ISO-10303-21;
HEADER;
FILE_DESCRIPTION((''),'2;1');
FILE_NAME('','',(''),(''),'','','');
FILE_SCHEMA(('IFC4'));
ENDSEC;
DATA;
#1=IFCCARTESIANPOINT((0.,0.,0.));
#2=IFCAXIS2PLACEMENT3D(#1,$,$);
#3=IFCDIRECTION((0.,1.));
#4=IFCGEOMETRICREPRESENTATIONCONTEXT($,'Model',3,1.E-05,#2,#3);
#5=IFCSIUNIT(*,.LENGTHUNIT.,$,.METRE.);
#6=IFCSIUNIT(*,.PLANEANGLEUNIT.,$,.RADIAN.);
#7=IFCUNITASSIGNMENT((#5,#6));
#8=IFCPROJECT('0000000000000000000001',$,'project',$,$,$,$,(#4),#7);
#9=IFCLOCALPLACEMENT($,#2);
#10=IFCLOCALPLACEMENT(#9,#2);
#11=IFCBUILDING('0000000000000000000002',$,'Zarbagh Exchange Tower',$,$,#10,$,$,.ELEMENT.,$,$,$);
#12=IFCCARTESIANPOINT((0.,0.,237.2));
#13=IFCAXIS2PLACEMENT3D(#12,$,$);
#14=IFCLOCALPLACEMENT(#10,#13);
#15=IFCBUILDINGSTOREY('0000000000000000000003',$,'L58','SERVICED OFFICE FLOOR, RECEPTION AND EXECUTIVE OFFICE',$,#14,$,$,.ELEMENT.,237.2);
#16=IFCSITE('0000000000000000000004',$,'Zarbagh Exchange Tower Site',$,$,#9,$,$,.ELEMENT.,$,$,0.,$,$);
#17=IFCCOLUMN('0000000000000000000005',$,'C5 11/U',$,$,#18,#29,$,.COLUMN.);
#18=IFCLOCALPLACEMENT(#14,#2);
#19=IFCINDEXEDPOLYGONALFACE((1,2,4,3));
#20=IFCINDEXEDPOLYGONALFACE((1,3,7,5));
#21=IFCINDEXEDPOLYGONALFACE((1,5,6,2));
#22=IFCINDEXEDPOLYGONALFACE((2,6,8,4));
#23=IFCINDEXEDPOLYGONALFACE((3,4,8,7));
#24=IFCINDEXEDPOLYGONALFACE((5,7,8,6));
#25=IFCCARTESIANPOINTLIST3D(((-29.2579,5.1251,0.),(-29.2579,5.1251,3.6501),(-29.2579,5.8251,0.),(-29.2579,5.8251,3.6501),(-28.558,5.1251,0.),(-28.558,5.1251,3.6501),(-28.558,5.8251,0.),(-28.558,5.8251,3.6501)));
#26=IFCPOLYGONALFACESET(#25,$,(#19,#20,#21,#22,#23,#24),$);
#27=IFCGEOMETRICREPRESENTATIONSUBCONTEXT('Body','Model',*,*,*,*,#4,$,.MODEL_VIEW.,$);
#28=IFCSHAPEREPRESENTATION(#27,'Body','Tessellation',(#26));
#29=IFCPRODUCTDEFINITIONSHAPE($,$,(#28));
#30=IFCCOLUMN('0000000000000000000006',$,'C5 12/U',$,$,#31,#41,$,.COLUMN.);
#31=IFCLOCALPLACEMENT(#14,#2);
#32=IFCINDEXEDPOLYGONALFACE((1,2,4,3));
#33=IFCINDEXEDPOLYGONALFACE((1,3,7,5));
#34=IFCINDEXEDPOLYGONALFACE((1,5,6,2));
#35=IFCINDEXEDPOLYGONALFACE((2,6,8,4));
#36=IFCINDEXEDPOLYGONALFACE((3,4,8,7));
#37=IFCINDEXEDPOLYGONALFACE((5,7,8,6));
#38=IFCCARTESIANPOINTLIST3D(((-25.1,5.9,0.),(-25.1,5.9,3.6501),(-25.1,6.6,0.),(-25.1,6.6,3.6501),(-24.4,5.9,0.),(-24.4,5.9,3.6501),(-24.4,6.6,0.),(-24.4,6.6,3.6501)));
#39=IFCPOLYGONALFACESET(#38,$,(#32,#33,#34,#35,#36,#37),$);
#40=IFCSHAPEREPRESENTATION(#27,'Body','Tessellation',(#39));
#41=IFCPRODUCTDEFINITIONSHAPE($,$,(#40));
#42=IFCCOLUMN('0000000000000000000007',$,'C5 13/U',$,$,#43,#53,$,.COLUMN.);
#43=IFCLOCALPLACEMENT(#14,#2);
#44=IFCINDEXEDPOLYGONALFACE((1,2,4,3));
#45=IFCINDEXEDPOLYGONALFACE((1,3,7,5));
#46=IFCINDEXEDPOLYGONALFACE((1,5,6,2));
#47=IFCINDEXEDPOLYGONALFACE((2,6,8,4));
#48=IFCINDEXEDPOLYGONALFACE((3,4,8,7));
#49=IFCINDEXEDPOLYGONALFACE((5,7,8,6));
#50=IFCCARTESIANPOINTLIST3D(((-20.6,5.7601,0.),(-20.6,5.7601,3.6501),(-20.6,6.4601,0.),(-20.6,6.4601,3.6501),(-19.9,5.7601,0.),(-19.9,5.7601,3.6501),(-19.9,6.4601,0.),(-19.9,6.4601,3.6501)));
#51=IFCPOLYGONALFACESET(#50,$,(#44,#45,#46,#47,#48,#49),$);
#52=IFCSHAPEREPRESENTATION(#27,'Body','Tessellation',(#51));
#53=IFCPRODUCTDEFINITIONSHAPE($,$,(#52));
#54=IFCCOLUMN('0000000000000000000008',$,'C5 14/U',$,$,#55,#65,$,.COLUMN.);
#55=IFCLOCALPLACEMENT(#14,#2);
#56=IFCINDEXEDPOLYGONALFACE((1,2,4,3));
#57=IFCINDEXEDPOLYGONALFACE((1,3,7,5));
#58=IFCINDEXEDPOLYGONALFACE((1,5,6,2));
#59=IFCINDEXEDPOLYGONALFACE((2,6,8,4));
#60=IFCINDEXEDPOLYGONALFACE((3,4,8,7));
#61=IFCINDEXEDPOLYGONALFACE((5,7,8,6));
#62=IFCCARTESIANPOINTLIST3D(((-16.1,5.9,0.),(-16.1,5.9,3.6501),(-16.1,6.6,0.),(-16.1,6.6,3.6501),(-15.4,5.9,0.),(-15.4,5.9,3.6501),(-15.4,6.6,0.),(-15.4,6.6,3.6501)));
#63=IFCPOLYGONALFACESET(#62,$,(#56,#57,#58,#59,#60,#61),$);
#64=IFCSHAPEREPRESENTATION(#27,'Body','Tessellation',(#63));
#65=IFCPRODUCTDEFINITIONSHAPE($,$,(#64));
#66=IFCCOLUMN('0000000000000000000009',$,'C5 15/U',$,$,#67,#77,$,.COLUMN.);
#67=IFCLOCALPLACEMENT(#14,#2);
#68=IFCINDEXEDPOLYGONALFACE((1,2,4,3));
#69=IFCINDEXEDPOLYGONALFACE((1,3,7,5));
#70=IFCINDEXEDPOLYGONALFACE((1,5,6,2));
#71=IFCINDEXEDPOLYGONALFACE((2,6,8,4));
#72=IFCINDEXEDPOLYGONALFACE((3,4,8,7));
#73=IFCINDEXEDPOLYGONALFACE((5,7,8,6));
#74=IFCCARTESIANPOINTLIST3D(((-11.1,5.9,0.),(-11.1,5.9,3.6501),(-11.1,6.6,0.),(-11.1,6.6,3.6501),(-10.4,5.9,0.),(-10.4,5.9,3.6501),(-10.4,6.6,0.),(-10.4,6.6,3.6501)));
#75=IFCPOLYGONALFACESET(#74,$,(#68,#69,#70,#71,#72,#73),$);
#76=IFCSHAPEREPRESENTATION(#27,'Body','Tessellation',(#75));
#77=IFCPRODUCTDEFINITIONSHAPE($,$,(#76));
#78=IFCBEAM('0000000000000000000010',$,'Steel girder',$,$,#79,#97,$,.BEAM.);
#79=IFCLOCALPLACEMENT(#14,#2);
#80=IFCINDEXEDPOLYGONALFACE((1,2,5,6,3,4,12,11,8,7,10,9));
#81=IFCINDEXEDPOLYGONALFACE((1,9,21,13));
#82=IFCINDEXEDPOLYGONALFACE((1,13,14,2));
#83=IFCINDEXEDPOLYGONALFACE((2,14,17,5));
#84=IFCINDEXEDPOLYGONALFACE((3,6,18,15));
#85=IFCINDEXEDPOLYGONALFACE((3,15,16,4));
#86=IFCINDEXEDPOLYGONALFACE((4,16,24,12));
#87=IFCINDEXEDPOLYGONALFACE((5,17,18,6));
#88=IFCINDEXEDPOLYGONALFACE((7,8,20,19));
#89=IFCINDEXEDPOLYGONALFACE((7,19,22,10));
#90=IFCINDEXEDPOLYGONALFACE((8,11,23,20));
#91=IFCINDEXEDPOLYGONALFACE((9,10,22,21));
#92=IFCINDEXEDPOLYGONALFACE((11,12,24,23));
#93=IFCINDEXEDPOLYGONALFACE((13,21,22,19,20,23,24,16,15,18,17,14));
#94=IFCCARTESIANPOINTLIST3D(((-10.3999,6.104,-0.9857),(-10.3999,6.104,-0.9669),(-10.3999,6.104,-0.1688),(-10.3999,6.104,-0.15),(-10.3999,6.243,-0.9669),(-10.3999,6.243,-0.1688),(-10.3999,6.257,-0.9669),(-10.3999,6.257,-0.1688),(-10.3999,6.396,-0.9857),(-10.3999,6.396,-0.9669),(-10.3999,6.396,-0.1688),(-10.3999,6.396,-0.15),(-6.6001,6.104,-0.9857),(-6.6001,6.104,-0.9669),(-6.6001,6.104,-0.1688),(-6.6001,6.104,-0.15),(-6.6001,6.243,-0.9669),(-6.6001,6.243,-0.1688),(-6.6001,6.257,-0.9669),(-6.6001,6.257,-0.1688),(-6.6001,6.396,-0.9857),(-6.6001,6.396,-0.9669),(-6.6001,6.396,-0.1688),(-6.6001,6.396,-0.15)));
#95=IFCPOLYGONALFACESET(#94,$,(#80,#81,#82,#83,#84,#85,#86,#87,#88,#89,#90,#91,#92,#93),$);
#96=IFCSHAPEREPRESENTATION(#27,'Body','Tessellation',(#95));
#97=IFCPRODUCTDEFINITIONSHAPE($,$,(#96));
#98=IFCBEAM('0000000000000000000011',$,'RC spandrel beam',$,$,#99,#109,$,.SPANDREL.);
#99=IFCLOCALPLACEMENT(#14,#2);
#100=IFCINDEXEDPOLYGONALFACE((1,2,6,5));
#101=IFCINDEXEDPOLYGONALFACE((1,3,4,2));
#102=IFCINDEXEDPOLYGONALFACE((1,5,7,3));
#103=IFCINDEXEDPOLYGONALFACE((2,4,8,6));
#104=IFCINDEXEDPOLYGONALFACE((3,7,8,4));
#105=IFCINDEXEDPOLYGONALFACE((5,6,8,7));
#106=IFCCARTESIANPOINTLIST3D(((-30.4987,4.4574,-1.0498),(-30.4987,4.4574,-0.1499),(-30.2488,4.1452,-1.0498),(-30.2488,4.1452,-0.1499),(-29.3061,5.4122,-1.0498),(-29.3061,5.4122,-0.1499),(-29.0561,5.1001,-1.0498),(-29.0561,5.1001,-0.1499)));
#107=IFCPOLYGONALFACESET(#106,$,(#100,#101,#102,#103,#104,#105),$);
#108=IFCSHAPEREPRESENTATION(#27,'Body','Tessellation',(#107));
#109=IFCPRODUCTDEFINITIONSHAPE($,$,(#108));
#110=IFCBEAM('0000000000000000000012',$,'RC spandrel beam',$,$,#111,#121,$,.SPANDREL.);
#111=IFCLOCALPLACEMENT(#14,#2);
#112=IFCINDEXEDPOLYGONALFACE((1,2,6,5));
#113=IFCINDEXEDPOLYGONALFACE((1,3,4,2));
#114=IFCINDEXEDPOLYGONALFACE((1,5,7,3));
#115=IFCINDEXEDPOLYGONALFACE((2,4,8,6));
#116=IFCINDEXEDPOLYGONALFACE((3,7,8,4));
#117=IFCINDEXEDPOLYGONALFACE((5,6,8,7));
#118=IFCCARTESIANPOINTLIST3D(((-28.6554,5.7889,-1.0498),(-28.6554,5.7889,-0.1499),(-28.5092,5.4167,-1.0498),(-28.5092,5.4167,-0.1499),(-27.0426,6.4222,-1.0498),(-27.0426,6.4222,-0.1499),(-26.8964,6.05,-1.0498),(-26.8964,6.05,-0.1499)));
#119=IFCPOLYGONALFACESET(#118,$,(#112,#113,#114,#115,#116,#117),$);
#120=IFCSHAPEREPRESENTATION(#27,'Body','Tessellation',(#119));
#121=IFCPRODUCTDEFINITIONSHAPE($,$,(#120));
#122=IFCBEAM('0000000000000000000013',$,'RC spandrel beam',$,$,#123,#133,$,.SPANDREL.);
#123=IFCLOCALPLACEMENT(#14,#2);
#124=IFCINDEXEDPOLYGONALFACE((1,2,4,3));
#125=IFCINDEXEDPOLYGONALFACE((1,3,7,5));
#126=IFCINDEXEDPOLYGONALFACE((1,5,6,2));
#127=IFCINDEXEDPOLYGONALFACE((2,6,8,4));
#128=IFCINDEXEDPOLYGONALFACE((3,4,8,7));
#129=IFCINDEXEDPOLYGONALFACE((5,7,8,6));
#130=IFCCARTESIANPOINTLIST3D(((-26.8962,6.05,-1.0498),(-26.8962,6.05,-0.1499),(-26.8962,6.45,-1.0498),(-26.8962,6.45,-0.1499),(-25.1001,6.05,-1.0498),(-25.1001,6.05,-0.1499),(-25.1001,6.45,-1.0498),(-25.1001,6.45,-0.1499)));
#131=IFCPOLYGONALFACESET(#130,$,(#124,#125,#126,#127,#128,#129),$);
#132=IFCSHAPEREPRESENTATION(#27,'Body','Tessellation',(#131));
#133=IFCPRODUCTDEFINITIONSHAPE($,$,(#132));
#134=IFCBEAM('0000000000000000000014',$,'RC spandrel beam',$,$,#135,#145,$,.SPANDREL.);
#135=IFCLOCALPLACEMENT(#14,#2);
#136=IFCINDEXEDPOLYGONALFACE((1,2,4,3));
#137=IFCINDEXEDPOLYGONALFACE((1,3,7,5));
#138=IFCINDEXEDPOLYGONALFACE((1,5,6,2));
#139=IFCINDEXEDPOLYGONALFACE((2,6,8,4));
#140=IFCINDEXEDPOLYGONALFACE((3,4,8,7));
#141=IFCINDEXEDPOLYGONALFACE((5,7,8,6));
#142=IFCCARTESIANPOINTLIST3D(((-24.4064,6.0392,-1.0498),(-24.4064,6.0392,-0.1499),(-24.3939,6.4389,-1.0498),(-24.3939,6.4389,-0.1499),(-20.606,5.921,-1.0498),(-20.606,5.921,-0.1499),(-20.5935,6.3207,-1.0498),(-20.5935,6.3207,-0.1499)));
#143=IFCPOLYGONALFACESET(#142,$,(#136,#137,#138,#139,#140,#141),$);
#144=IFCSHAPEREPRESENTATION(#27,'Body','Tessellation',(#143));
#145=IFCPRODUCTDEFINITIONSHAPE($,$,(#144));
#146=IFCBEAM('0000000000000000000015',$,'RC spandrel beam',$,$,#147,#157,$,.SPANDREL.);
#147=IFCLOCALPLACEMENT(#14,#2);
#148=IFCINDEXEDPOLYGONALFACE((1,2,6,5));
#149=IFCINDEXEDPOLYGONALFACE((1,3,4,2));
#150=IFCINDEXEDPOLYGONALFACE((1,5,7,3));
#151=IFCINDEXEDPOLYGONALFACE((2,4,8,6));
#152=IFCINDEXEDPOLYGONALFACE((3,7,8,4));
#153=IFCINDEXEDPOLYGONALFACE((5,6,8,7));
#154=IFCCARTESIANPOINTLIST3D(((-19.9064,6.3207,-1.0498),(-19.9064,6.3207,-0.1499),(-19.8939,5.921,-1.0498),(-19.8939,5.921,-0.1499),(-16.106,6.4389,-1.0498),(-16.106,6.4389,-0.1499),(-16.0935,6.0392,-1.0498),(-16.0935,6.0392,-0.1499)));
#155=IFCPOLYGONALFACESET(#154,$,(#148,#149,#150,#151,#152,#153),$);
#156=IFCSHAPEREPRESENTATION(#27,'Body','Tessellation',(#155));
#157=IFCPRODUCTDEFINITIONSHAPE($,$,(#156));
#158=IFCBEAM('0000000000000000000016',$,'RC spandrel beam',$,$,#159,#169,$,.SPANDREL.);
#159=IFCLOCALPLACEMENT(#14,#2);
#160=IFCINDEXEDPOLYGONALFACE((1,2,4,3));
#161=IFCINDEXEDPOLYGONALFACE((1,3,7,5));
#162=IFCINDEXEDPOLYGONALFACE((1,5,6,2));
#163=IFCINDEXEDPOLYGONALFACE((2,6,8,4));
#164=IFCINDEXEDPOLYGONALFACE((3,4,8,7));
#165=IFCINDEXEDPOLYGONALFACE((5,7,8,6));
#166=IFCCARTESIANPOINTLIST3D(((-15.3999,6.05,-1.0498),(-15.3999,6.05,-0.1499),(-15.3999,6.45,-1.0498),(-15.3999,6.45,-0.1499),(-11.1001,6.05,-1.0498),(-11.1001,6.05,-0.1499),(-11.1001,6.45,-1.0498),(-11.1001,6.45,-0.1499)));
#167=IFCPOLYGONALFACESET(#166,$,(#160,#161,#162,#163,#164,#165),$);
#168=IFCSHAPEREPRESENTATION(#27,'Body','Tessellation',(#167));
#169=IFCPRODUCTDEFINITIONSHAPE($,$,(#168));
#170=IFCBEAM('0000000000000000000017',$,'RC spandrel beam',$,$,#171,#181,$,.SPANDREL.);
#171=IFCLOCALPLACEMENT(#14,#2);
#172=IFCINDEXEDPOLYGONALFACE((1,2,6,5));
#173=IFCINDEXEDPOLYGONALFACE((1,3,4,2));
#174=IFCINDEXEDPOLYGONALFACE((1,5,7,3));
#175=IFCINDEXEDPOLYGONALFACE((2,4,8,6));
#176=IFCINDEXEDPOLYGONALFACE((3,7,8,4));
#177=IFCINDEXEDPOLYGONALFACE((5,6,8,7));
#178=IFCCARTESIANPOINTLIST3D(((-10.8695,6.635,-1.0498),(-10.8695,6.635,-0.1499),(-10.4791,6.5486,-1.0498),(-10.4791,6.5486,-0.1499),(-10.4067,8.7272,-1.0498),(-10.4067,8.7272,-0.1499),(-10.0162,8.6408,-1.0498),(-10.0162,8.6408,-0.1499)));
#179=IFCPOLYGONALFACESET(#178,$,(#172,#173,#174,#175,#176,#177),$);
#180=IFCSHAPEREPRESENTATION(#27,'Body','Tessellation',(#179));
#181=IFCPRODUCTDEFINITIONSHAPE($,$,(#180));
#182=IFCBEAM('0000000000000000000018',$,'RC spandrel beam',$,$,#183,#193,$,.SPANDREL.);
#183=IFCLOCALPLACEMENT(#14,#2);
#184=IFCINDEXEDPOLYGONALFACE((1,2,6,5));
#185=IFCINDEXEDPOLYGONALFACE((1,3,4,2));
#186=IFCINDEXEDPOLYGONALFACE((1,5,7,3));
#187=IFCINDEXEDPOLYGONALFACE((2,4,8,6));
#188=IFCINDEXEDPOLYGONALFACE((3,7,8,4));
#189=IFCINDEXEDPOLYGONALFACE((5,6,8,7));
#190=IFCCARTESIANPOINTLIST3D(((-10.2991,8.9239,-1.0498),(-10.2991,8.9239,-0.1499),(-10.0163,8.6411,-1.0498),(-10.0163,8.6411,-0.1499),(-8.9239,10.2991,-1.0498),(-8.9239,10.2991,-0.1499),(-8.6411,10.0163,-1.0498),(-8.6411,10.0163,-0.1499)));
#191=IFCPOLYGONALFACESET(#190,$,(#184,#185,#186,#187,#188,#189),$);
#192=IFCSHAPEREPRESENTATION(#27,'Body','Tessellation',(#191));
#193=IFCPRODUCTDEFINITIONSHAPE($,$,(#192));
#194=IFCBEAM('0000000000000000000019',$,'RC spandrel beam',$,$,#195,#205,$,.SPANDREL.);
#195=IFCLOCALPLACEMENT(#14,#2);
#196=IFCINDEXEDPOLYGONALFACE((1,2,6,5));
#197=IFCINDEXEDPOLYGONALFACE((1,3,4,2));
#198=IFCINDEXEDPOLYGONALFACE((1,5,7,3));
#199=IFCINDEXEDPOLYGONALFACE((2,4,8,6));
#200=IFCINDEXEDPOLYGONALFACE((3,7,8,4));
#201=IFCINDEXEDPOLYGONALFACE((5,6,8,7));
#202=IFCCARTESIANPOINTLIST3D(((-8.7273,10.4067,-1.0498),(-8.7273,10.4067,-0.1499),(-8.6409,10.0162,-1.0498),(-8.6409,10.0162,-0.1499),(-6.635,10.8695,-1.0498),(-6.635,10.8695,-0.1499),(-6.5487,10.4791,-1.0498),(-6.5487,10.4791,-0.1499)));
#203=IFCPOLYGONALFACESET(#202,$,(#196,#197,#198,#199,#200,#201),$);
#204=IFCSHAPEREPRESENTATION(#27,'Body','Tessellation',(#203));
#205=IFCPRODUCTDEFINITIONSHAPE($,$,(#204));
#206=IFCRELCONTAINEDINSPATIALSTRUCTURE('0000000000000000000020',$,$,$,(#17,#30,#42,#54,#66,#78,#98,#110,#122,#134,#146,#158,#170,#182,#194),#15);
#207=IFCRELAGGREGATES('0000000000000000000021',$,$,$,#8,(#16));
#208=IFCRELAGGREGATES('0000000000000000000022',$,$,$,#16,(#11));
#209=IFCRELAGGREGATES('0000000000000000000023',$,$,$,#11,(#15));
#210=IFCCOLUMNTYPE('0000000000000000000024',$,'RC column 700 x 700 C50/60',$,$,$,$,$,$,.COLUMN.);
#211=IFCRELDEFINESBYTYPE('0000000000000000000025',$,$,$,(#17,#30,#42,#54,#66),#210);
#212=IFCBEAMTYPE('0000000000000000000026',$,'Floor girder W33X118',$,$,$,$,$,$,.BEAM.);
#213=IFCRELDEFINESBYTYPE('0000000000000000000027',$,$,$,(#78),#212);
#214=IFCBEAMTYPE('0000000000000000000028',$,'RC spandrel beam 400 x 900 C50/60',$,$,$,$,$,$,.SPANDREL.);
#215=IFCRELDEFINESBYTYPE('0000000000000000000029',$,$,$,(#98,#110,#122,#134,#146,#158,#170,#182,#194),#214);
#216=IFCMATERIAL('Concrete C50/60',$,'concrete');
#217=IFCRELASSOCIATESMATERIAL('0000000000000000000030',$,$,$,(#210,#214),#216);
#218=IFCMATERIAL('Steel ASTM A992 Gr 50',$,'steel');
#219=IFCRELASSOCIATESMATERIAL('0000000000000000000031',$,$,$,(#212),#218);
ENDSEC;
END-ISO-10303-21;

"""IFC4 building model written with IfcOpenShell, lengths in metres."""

from ifc_helpers import new_model, si_unit, direction, frame, origin, origin_2d, place, context, subcontext, project, spatial, rectangle, i_section, extrude, material, material_profile, profile_set, type_object, element, save


model = new_model("IFC4")

# Units and contexts
model_context = context("Model", 3, precision=1e-05, world=origin(), true_north=direction((0.0, 1.0)))
body_context = subcontext(model_context, "Body", "Model", "MODEL_VIEW")
ifc_project = project(units=[si_unit("LENGTHUNIT", "METRE"), si_unit("PLANEANGLEUNIT", "RADIAN")], contexts=[model_context])

# Site, building, storey
site_placement = place(None, origin())
site = spatial("IfcSite", under=ifc_project, at=site_placement, Name="Zarbagh Exchange Tower Site", CompositionType="ELEMENT", RefElevation=0.0)
building_placement = place(site_placement, origin())
building = spatial("IfcBuilding", under=site, at=building_placement, Name="Zarbagh Exchange Tower", CompositionType="ELEMENT")
storey_placement = place(building_placement, frame((0.0, 0.0, 237.2)))
storey = spatial("IfcBuildingStorey", under=building, at=storey_placement, Name="L58", Description="SERVICED OFFICE FLOOR, RECEPTION AND EXECUTIVE OFFICE", CompositionType="ELEMENT", Elevation=237.2)

# Columns
ifc_material_1 = material(Name="Concrete C50/60", Category="concrete")
ifc_material_profile_1 = material_profile(ifc_material_1, rectangle(XDim=0.7, YDim=0.7, at=origin_2d()), Name="RC column 700 x 700 C50/60")
ifc_profile_set_1 = profile_set([ifc_material_profile_1], Name="Concrete C50/60")
column_type = type_object("IfcColumnType", Name="RC column 700 x 700 C50/60", PredefinedType="COLUMN", material=ifc_profile_set_1)
for number, where, z_axis, x_axis, name in (
    (1, (-28.908, 5.4751, 0.0), (0.0, 0.0, 1.0), (1.0, 0.0, 0.0), "C5 11/U"),
    (2, (-24.75, 6.25, 0.0), (0.0, 0.0, 1.0), (1.0, 0.0, 0.0), "C5 12/U"),
    (3, (-20.25, 6.1101, 0.0), (0.0, 0.0, 1.0), (1.0, 0.0, 0.0), "C5 13/U"),
    (4, (-15.75, 6.25, 0.0), (0.0, 0.0, 1.0), (1.0, 0.0, 0.0), "C5 14/U"),
    (5, (-10.75, 6.25, 0.0), (0.0, 0.0, 1.0), (1.0, 0.0, 0.0), "C5 15/U"),
):
    element("IfcColumn", number, at=place(storey_placement, frame(where, z_axis=z_axis, x_axis=x_axis)), inside=storey, type_object=column_type, Name=name, PredefinedType="COLUMN", context=body_context, shape_type="SweptSolid", body=[
        extrude(rectangle(XDim=0.7, YDim=0.7, at=origin_2d()), origin(), (0.0, 0.0, 1.0), 3.6501),
    ])

# Beams
ifc_material_2 = material(Name="Steel ASTM A992 Gr 50", Category="steel")
ifc_material_profile_2 = material_profile(ifc_material_2, i_section(OverallWidth=0.292, OverallDepth=0.8357, WebThickness=0.0139, FlangeThickness=0.0188, at=origin_2d()), Name="W33X118")
ifc_profile_set_2 = profile_set([ifc_material_profile_2], Name="Steel ASTM A992 Gr 50")
beam_type_1 = type_object("IfcBeamType", Name="Floor girder W33X118", PredefinedType="BEAM", material=ifc_profile_set_2)
beam_1_placement = place(storey_placement, frame((-10.3999, 6.25, -0.5679), z_axis=(1.0, 0.0, 0.0), x_axis=(0.0, 1.0, 0.0)))
element("IfcBeam", 6, at=beam_1_placement, inside=storey, type_object=beam_type_1, Name="Steel girder", PredefinedType="BEAM", context=body_context, shape_type="SweptSolid", body=[
    extrude(i_section(OverallWidth=0.292, OverallDepth=0.8357, WebThickness=0.0139, FlangeThickness=0.0188, at=origin_2d()), origin(), (0.0, 0.0, 1.0), 3.7998),
])
ifc_material_profile_3 = material_profile(ifc_material_1, rectangle(XDim=0.3999, YDim=0.8999, at=origin_2d()), Name="RC spandrel beam 400 x 900 C50/60")
ifc_profile_set_3 = profile_set([ifc_material_profile_3], Name="Concrete C50/60")
beam_type_2 = type_object("IfcBeamType", Name="RC spandrel beam 400 x 900 C50/60", PredefinedType="SPANDREL", material=ifc_profile_set_3)
beam_2_placement = place(storey_placement, frame((-30.3738, 4.3013, -0.5999), z_axis=(0.780635, 0.624987, 0.0), x_axis=(-0.624987, 0.780635, 0.0)))
element("IfcBeam", 7, at=beam_2_placement, inside=storey, type_object=beam_type_2, Name="RC spandrel beam", PredefinedType="SPANDREL", context=body_context, shape_type="SweptSolid", body=[
    extrude(rectangle(XDim=0.3999, YDim=0.8999, at=origin_2d()), origin(), (0.0, 0.0, 1.0), 1.5278),
])
beam_3_placement = place(storey_placement, frame((-28.5823, 5.6028, -0.5999), z_axis=(0.93081, 0.365504, 0.0), x_axis=(-0.365504, 0.93081, 0.0)))
element("IfcBeam", 8, at=beam_3_placement, inside=storey, type_object=beam_type_2, Name="RC spandrel beam", PredefinedType="SPANDREL", context=body_context, shape_type="SweptSolid", body=[
    extrude(rectangle(XDim=0.3999, YDim=0.8999, at=origin_2d()), origin(), (0.0, 0.0, 1.0), 1.7327),
])
beam_4_placement = place(storey_placement, frame((-26.8962, 6.25, -0.5999), z_axis=(1.0, 0.0, 0.0), x_axis=(0.0, 1.0, 0.0)))
element("IfcBeam", 9, at=beam_4_placement, inside=storey, type_object=beam_type_2, Name="RC spandrel beam", PredefinedType="SPANDREL", context=body_context, shape_type="SweptSolid", body=[
    extrude(rectangle(XDim=0.3999, YDim=0.8999, at=origin_2d()), origin(), (0.0, 0.0, 1.0), 1.7961),
])
for number, where, z_axis, x_axis, name in (
    (10, (-24.4001, 6.239, -0.5999), (0.999517, -0.031078, 0.0), (0.031078, 0.999517, 0.0), "RC spandrel beam"),
    (11, (-19.9001, 6.1208, -0.5999), (0.999517, 0.031078, 0.0), (-0.031078, 0.999517, 0.0), "RC spandrel beam"),
):
    element("IfcBeam", number, at=place(storey_placement, frame(where, z_axis=z_axis, x_axis=x_axis)), inside=storey, type_object=beam_type_2, Name=name, PredefinedType="SPANDREL", context=body_context, shape_type="SweptSolid", body=[
        extrude(rectangle(XDim=0.3999, YDim=0.8999, at=origin_2d()), origin(), (0.0, 0.0, 1.0), 3.8022),
    ])
beam_5_placement = place(storey_placement, frame((-15.3999, 6.25, -0.5999), z_axis=(1.0, 0.0, 0.0), x_axis=(0.0, 1.0, 0.0)))
element("IfcBeam", 12, at=beam_5_placement, inside=storey, type_object=beam_type_2, Name="RC spandrel beam", PredefinedType="SPANDREL", context=body_context, shape_type="SweptSolid", body=[
    extrude(rectangle(XDim=0.3999, YDim=0.8999, at=origin_2d()), origin(), (0.0, 0.0, 1.0), 4.2998),
])
beam_6_placement = place(storey_placement, frame((-10.6743, 6.5918, -0.5999), z_axis=(0.216014, 0.97639, 0.0), x_axis=(-0.97639, 0.216014, 0.0)))
element("IfcBeam", 13, at=beam_6_placement, inside=storey, type_object=beam_type_2, Name="RC spandrel beam", PredefinedType="SPANDREL", context=body_context, shape_type="SweptSolid", body=[
    extrude(rectangle(XDim=0.3999, YDim=0.8999, at=origin_2d()), origin(), (0.0, 0.0, 1.0), 2.1428),
])
beam_7_placement = place(storey_placement, frame((-10.1577, 8.7825, -0.5999), z_axis=(0.707107, 0.707107, 0.0), x_axis=(-0.707107, 0.707107, 0.0)))
element("IfcBeam", 14, at=beam_7_placement, inside=storey, type_object=beam_type_2, Name="RC spandrel beam", PredefinedType="SPANDREL", context=body_context, shape_type="SweptSolid", body=[
    extrude(rectangle(XDim=0.3999, YDim=0.8999, at=origin_2d()), origin(), (0.0, 0.0, 1.0), 1.9448),
])
beam_8_placement = place(storey_placement, frame((-8.6841, 10.2114, -0.5999), z_axis=(0.97639, 0.216014, 0.0), x_axis=(-0.216014, 0.97639, 0.0)))
element("IfcBeam", 15, at=beam_8_placement, inside=storey, type_object=beam_type_2, Name="RC spandrel beam", PredefinedType="SPANDREL", context=body_context, shape_type="SweptSolid", body=[
    extrude(rectangle(XDim=0.3999, YDim=0.8999, at=origin_2d()), origin(), (0.0, 0.0, 1.0), 2.1428),
])

save(model, "model.ifc")
